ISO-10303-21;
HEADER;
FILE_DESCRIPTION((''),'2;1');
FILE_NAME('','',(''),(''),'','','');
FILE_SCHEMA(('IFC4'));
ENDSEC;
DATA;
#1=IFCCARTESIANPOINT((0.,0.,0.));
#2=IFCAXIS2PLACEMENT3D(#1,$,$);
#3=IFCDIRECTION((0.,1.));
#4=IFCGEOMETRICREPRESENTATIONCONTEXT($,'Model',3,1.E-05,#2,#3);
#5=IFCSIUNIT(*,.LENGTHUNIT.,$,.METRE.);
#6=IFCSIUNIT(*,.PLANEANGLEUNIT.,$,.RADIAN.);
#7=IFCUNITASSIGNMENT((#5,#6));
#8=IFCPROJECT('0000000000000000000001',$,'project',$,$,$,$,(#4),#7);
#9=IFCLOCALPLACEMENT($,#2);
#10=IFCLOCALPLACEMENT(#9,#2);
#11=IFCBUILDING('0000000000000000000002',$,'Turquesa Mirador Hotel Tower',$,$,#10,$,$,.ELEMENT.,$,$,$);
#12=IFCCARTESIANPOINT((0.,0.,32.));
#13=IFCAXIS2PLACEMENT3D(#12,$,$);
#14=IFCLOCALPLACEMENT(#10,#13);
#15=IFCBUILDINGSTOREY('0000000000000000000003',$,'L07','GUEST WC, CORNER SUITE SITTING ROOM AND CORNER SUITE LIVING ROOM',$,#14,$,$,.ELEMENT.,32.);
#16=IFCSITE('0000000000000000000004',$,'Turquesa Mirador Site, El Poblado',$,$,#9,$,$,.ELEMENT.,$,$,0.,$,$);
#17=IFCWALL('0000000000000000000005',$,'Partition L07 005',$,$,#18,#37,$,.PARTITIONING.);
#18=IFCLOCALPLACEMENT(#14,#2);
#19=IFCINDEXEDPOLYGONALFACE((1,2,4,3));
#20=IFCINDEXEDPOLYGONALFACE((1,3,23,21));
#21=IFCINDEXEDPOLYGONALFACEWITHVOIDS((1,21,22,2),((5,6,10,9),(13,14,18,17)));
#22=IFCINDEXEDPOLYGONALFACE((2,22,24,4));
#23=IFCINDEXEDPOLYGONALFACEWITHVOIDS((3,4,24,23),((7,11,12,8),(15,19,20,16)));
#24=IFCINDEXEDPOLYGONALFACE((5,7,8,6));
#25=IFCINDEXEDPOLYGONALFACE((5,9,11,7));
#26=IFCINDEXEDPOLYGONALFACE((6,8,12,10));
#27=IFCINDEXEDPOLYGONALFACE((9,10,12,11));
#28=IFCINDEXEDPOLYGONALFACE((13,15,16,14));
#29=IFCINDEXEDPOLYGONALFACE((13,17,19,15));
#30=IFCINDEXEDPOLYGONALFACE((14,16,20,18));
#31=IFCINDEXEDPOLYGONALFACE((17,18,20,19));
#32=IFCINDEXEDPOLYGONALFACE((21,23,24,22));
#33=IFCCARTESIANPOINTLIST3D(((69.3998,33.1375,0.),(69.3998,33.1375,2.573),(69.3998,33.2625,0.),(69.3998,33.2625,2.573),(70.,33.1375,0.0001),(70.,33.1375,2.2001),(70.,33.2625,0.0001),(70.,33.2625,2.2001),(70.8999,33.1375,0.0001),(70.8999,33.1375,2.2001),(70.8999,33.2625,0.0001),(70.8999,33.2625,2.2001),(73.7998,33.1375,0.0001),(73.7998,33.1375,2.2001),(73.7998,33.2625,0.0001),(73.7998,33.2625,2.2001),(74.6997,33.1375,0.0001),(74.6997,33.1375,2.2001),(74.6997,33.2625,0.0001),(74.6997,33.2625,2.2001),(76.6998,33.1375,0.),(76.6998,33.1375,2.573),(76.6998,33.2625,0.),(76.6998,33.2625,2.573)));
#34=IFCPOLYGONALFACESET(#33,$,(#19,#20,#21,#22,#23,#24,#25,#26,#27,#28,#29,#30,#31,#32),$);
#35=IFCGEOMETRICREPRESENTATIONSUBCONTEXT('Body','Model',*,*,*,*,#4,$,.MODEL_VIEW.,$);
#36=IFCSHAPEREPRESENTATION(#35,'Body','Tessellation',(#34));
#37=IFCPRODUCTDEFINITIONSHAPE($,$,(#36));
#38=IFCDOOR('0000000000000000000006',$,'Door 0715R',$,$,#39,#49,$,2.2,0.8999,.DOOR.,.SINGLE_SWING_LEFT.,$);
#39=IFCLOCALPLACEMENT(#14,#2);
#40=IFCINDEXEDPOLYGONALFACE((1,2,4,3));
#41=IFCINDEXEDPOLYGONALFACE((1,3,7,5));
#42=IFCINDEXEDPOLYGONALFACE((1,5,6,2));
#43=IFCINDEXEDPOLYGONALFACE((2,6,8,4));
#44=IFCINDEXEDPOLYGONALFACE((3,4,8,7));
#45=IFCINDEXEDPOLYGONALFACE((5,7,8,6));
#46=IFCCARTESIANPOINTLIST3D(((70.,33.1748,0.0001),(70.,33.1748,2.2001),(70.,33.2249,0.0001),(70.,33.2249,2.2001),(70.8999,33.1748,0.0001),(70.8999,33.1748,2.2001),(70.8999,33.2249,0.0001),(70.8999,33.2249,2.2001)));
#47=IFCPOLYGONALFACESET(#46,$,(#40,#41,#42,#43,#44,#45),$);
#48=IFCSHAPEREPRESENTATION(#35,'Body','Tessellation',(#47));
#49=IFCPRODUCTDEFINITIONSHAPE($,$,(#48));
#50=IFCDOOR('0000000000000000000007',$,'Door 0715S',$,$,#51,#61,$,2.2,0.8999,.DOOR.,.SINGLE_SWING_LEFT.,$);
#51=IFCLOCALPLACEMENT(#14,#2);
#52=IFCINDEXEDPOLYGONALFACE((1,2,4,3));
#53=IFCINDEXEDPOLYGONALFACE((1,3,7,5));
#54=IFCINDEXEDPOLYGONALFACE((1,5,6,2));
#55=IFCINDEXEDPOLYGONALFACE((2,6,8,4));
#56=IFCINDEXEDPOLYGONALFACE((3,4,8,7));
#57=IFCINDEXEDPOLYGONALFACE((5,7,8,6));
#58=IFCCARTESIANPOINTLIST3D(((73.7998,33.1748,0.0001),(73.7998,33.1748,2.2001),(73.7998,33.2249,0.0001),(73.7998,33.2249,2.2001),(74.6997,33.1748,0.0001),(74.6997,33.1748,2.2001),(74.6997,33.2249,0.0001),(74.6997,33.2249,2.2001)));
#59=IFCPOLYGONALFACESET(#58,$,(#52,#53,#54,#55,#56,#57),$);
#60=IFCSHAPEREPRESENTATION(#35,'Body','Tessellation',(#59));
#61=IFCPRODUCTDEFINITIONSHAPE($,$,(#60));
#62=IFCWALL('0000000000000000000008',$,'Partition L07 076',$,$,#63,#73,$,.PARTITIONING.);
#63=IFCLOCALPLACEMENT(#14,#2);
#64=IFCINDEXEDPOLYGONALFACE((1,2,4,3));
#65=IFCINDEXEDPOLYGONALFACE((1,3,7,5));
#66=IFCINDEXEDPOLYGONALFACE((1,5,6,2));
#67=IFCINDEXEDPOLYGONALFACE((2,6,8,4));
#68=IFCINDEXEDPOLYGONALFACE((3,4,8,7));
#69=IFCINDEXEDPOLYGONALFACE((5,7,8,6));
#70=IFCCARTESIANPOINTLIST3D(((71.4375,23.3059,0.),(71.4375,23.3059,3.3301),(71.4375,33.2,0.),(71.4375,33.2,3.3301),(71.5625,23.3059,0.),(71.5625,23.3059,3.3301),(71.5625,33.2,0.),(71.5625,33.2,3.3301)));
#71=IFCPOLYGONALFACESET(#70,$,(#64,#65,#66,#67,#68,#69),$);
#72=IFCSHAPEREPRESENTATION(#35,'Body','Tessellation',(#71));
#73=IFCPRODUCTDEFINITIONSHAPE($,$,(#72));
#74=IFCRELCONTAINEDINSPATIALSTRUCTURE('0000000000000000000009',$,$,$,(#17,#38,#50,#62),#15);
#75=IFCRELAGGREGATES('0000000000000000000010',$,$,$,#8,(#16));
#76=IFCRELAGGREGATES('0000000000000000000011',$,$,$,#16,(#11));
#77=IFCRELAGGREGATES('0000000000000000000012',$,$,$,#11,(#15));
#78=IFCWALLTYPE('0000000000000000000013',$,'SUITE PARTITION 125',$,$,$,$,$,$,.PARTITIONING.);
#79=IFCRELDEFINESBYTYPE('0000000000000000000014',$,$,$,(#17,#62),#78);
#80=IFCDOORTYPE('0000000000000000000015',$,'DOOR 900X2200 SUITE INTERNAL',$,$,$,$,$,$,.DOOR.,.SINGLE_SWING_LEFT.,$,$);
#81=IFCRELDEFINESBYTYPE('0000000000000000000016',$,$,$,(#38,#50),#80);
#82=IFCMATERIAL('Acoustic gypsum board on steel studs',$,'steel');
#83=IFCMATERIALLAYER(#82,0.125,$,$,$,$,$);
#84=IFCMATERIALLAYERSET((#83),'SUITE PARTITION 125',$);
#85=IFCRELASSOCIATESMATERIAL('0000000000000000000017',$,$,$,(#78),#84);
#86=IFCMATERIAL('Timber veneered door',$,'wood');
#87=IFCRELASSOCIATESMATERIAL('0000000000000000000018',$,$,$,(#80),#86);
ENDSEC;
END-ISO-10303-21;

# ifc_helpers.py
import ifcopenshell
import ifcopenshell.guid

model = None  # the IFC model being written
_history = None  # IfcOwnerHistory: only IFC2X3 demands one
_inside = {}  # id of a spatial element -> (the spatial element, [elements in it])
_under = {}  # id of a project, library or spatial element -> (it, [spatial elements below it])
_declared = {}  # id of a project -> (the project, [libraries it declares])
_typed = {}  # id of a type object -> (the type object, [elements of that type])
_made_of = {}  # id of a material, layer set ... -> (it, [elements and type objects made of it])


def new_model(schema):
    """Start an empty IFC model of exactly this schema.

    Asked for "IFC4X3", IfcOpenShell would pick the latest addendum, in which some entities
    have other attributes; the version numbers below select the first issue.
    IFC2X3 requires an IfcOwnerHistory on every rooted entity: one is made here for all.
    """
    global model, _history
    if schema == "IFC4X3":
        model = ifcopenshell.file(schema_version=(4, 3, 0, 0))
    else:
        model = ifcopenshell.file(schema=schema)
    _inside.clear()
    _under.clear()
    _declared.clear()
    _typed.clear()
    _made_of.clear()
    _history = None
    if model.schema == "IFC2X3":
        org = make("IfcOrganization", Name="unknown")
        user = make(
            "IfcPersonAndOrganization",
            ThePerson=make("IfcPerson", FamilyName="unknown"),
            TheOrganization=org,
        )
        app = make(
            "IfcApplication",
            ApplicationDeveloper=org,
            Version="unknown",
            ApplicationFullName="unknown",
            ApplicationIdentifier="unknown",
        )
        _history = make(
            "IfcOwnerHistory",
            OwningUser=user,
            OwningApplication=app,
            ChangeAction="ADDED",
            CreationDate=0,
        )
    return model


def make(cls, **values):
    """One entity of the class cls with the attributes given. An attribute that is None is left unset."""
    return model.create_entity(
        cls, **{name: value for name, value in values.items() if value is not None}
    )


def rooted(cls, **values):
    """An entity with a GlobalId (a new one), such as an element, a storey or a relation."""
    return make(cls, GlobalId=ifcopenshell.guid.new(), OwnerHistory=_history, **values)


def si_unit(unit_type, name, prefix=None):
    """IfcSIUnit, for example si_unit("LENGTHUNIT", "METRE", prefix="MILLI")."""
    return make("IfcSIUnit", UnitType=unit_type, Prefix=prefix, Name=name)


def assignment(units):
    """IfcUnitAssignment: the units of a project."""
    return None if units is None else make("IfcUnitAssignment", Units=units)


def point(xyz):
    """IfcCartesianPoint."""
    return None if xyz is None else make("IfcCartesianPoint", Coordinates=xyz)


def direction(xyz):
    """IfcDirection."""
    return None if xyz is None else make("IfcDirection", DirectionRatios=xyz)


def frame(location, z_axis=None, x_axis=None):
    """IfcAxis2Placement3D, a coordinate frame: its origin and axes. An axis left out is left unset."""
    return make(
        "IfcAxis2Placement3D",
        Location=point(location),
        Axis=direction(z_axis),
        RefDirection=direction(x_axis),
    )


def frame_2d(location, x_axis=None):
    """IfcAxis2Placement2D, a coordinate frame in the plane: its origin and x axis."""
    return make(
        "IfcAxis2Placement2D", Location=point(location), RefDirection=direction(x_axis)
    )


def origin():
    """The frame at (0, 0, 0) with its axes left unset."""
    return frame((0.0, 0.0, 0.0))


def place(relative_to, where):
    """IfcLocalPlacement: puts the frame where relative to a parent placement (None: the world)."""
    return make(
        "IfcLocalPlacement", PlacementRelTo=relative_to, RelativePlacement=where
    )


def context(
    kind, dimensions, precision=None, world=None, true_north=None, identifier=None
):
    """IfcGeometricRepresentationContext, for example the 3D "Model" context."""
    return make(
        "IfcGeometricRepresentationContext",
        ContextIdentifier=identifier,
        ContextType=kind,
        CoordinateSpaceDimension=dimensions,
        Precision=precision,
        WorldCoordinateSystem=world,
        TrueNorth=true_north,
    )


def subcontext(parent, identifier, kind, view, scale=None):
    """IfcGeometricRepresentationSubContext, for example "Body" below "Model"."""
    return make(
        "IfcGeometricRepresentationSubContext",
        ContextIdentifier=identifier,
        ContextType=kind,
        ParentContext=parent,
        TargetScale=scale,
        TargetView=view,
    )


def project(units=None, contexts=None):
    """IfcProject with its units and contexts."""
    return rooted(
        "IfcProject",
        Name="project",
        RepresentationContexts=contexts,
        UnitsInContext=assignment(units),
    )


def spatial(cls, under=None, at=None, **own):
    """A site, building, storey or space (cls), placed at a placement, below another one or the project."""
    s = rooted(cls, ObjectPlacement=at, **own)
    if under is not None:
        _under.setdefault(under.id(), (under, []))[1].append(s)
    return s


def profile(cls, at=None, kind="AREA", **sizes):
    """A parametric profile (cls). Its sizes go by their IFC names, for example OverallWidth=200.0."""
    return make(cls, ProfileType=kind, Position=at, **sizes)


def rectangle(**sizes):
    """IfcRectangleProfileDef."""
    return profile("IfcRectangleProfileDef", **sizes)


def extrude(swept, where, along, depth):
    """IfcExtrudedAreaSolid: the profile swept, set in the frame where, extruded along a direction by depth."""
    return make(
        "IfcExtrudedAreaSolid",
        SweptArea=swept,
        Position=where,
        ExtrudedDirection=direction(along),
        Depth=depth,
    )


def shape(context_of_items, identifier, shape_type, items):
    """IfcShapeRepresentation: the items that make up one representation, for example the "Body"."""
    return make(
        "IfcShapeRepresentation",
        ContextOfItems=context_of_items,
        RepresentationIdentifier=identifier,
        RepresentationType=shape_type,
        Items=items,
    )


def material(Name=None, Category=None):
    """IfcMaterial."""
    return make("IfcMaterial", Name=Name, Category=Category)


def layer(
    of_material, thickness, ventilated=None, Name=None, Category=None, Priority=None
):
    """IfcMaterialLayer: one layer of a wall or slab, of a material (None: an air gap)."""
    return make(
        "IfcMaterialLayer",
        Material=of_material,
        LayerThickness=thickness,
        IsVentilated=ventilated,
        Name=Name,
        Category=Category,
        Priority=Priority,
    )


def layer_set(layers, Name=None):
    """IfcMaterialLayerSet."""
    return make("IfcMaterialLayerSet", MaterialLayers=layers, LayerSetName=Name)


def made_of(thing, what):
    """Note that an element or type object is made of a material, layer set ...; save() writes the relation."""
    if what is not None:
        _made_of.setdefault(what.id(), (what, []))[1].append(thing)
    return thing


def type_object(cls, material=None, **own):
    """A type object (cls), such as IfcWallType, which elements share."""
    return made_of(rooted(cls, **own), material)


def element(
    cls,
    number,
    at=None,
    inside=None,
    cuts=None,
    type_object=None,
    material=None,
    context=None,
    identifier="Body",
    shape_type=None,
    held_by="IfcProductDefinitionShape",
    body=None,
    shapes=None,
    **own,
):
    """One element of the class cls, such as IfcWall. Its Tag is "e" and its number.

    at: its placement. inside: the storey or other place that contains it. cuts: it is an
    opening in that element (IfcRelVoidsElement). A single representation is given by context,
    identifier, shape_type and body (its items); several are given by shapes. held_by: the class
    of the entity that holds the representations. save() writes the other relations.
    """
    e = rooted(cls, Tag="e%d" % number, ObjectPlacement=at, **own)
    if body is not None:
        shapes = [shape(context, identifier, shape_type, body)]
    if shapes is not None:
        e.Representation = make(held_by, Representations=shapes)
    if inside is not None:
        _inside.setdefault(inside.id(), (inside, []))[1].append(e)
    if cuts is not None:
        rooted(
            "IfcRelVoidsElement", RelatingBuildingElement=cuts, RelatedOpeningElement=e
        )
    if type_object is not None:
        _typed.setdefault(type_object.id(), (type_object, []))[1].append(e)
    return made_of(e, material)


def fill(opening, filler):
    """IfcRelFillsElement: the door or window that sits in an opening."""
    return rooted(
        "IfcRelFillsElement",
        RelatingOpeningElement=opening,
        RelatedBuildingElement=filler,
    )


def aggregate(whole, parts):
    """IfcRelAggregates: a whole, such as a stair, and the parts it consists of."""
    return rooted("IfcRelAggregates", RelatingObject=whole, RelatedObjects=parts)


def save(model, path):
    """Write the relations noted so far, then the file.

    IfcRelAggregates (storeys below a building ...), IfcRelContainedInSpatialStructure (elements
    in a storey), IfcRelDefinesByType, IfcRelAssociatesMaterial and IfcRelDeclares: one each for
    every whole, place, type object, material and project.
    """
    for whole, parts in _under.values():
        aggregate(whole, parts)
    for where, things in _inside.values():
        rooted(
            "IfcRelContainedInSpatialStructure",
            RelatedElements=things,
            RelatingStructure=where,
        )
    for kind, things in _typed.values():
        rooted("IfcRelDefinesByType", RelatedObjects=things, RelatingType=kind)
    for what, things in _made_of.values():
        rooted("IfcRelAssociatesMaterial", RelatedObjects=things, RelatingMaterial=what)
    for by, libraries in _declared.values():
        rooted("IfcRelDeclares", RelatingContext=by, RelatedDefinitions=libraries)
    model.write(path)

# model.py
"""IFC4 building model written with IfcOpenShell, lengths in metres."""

from ifc_helpers import new_model, si_unit, direction, frame, frame_2d, origin, place, context, subcontext, project, spatial, rectangle, extrude, material, layer, layer_set, type_object, element, fill, save


model = new_model("IFC4")

# Units and contexts
model_context = context("Model", 3, precision=1e-05, world=origin(), true_north=direction((0.0, 1.0)))
body_context = subcontext(model_context, "Body", "Model", "MODEL_VIEW")
ifc_project = project(units=[si_unit("LENGTHUNIT", "METRE"), si_unit("PLANEANGLEUNIT", "RADIAN")], contexts=[model_context])

# Site, building, storey
site_placement = place(None, origin())
site = spatial("IfcSite", under=ifc_project, at=site_placement, Name="Turquesa Mirador Site, El Poblado", CompositionType="ELEMENT", RefElevation=0.0)
building_placement = place(site_placement, origin())
building = spatial("IfcBuilding", under=site, at=building_placement, Name="Turquesa Mirador Hotel Tower", CompositionType="ELEMENT")
storey_placement = place(building_placement, frame((0.0, 0.0, 32.0)))
storey = spatial("IfcBuildingStorey", under=building, at=storey_placement, Name="L07", Description="GUEST WC, CORNER SUITE SITTING ROOM AND CORNER SUITE LIVING ROOM", CompositionType="ELEMENT", Elevation=32.0)

# Wall, openings, doors
ifc_material_1 = material(Name="Acoustic gypsum board on steel studs", Category="steel")
ifc_layer_1 = layer(ifc_material_1, 0.125)
ifc_layer_set_1 = layer_set([ifc_layer_1], Name="SUITE PARTITION 125")
wall_type_1 = type_object("IfcWallType", Name="SUITE PARTITION 125", PredefinedType="PARTITIONING", material=ifc_layer_set_1)
wall_1_placement = place(storey_placement, frame((69.3999, 33.2, 0.0), z_axis=(0.0, 0.0, 1.0), x_axis=(1.0, 0.0, 0.0)))
wall_1 = element("IfcWall", 1, at=wall_1_placement, inside=storey, type_object=wall_type_1, Name="Partition L07 005", PredefinedType="PARTITIONING", context=body_context, shape_type="SweptSolid", body=[
    extrude(rectangle(XDim=7.3, YDim=0.125, at=frame_2d((3.6499, 0.0))), origin(), (0.0, 0.0, 1.0), 2.573),
])
opening_1_placement = place(wall_1_placement, frame((0.6001, 0.0, 0.0)))
opening_1 = element("IfcOpeningElement", 2, at=opening_1_placement, cuts=wall_1, PredefinedType="OPENING", context=body_context, shape_type="SweptSolid", body=[
    extrude(rectangle(XDim=0.8999, YDim=2.2, at=frame_2d((0.45, 1.1001))), frame((0.0, 0.0725, 0.0), z_axis=(0.0, -1.0, 0.0), x_axis=(1.0, 0.0, 0.0)), (0.0, 0.0, 1.0), 0.145),
])
opening_2_placement = place(wall_1_placement, frame((4.3999, 0.0, 0.0)))
opening_2 = element("IfcOpeningElement", 3, at=opening_2_placement, cuts=wall_1, PredefinedType="OPENING", context=body_context, shape_type="SweptSolid", body=[
    extrude(rectangle(XDim=0.8999, YDim=2.2, at=frame_2d((0.45, 1.1001))), frame((0.0, 0.0725, 0.0), z_axis=(0.0, -1.0, 0.0), x_axis=(1.0, 0.0, 0.0)), (0.0, 0.0, 1.0), 0.145),
])
ifc_material_2 = material(Name="Timber veneered door", Category="wood")
door_type_1 = type_object("IfcDoorType", Name="DOOR 900X2200 SUITE INTERNAL", OperationType="SINGLE_SWING_LEFT", PredefinedType="DOOR", material=ifc_material_2)
door_1_placement = place(opening_1_placement, origin())
door_1 = element("IfcDoor", 4, at=door_1_placement, inside=storey, type_object=door_type_1, Name="Door 0715R", OperationType="SINGLE_SWING_LEFT", OverallHeight=2.2, OverallWidth=0.8999, PredefinedType="DOOR", context=body_context, shape_type="SweptSolid", body=[
    extrude(rectangle(XDim=0.8999, YDim=2.2, at=frame_2d((0.45, 1.1001))), frame((0.0, 0.0249, 0.0), z_axis=(0.0, -1.0, 0.0), x_axis=(1.0, 0.0, 0.0)), (0.0, 0.0, 1.0), 0.05),
])
fill(opening_1, door_1)
door_2_placement = place(opening_2_placement, origin())
door_2 = element("IfcDoor", 5, at=door_2_placement, inside=storey, type_object=door_type_1, Name="Door 0715S", OperationType="SINGLE_SWING_LEFT", OverallHeight=2.2, OverallWidth=0.8999, PredefinedType="DOOR", context=body_context, shape_type="SweptSolid", body=[
    extrude(rectangle(XDim=0.8999, YDim=2.2, at=frame_2d((0.45, 1.1001))), frame((0.0, 0.0249, 0.0), z_axis=(0.0, -1.0, 0.0), x_axis=(1.0, 0.0, 0.0)), (0.0, 0.0, 1.0), 0.05),
])
fill(opening_2, door_2)

# Wall
wall_2_placement = place(storey_placement, frame((71.5, 23.3059, 0.0), z_axis=(0.0, 0.0, 1.0), x_axis=(0.0, 1.0, 0.0)))
element("IfcWall", 6, at=wall_2_placement, inside=storey, type_object=wall_type_1, Name="Partition L07 076", PredefinedType="PARTITIONING", context=body_context, shape_type="SweptSolid", body=[
    extrude(rectangle(XDim=9.894, YDim=0.125, at=frame_2d((4.947, 0.0))), origin(), (0.0, 0.0, 1.0), 3.3301),
])

save(model, "model.ifc")
